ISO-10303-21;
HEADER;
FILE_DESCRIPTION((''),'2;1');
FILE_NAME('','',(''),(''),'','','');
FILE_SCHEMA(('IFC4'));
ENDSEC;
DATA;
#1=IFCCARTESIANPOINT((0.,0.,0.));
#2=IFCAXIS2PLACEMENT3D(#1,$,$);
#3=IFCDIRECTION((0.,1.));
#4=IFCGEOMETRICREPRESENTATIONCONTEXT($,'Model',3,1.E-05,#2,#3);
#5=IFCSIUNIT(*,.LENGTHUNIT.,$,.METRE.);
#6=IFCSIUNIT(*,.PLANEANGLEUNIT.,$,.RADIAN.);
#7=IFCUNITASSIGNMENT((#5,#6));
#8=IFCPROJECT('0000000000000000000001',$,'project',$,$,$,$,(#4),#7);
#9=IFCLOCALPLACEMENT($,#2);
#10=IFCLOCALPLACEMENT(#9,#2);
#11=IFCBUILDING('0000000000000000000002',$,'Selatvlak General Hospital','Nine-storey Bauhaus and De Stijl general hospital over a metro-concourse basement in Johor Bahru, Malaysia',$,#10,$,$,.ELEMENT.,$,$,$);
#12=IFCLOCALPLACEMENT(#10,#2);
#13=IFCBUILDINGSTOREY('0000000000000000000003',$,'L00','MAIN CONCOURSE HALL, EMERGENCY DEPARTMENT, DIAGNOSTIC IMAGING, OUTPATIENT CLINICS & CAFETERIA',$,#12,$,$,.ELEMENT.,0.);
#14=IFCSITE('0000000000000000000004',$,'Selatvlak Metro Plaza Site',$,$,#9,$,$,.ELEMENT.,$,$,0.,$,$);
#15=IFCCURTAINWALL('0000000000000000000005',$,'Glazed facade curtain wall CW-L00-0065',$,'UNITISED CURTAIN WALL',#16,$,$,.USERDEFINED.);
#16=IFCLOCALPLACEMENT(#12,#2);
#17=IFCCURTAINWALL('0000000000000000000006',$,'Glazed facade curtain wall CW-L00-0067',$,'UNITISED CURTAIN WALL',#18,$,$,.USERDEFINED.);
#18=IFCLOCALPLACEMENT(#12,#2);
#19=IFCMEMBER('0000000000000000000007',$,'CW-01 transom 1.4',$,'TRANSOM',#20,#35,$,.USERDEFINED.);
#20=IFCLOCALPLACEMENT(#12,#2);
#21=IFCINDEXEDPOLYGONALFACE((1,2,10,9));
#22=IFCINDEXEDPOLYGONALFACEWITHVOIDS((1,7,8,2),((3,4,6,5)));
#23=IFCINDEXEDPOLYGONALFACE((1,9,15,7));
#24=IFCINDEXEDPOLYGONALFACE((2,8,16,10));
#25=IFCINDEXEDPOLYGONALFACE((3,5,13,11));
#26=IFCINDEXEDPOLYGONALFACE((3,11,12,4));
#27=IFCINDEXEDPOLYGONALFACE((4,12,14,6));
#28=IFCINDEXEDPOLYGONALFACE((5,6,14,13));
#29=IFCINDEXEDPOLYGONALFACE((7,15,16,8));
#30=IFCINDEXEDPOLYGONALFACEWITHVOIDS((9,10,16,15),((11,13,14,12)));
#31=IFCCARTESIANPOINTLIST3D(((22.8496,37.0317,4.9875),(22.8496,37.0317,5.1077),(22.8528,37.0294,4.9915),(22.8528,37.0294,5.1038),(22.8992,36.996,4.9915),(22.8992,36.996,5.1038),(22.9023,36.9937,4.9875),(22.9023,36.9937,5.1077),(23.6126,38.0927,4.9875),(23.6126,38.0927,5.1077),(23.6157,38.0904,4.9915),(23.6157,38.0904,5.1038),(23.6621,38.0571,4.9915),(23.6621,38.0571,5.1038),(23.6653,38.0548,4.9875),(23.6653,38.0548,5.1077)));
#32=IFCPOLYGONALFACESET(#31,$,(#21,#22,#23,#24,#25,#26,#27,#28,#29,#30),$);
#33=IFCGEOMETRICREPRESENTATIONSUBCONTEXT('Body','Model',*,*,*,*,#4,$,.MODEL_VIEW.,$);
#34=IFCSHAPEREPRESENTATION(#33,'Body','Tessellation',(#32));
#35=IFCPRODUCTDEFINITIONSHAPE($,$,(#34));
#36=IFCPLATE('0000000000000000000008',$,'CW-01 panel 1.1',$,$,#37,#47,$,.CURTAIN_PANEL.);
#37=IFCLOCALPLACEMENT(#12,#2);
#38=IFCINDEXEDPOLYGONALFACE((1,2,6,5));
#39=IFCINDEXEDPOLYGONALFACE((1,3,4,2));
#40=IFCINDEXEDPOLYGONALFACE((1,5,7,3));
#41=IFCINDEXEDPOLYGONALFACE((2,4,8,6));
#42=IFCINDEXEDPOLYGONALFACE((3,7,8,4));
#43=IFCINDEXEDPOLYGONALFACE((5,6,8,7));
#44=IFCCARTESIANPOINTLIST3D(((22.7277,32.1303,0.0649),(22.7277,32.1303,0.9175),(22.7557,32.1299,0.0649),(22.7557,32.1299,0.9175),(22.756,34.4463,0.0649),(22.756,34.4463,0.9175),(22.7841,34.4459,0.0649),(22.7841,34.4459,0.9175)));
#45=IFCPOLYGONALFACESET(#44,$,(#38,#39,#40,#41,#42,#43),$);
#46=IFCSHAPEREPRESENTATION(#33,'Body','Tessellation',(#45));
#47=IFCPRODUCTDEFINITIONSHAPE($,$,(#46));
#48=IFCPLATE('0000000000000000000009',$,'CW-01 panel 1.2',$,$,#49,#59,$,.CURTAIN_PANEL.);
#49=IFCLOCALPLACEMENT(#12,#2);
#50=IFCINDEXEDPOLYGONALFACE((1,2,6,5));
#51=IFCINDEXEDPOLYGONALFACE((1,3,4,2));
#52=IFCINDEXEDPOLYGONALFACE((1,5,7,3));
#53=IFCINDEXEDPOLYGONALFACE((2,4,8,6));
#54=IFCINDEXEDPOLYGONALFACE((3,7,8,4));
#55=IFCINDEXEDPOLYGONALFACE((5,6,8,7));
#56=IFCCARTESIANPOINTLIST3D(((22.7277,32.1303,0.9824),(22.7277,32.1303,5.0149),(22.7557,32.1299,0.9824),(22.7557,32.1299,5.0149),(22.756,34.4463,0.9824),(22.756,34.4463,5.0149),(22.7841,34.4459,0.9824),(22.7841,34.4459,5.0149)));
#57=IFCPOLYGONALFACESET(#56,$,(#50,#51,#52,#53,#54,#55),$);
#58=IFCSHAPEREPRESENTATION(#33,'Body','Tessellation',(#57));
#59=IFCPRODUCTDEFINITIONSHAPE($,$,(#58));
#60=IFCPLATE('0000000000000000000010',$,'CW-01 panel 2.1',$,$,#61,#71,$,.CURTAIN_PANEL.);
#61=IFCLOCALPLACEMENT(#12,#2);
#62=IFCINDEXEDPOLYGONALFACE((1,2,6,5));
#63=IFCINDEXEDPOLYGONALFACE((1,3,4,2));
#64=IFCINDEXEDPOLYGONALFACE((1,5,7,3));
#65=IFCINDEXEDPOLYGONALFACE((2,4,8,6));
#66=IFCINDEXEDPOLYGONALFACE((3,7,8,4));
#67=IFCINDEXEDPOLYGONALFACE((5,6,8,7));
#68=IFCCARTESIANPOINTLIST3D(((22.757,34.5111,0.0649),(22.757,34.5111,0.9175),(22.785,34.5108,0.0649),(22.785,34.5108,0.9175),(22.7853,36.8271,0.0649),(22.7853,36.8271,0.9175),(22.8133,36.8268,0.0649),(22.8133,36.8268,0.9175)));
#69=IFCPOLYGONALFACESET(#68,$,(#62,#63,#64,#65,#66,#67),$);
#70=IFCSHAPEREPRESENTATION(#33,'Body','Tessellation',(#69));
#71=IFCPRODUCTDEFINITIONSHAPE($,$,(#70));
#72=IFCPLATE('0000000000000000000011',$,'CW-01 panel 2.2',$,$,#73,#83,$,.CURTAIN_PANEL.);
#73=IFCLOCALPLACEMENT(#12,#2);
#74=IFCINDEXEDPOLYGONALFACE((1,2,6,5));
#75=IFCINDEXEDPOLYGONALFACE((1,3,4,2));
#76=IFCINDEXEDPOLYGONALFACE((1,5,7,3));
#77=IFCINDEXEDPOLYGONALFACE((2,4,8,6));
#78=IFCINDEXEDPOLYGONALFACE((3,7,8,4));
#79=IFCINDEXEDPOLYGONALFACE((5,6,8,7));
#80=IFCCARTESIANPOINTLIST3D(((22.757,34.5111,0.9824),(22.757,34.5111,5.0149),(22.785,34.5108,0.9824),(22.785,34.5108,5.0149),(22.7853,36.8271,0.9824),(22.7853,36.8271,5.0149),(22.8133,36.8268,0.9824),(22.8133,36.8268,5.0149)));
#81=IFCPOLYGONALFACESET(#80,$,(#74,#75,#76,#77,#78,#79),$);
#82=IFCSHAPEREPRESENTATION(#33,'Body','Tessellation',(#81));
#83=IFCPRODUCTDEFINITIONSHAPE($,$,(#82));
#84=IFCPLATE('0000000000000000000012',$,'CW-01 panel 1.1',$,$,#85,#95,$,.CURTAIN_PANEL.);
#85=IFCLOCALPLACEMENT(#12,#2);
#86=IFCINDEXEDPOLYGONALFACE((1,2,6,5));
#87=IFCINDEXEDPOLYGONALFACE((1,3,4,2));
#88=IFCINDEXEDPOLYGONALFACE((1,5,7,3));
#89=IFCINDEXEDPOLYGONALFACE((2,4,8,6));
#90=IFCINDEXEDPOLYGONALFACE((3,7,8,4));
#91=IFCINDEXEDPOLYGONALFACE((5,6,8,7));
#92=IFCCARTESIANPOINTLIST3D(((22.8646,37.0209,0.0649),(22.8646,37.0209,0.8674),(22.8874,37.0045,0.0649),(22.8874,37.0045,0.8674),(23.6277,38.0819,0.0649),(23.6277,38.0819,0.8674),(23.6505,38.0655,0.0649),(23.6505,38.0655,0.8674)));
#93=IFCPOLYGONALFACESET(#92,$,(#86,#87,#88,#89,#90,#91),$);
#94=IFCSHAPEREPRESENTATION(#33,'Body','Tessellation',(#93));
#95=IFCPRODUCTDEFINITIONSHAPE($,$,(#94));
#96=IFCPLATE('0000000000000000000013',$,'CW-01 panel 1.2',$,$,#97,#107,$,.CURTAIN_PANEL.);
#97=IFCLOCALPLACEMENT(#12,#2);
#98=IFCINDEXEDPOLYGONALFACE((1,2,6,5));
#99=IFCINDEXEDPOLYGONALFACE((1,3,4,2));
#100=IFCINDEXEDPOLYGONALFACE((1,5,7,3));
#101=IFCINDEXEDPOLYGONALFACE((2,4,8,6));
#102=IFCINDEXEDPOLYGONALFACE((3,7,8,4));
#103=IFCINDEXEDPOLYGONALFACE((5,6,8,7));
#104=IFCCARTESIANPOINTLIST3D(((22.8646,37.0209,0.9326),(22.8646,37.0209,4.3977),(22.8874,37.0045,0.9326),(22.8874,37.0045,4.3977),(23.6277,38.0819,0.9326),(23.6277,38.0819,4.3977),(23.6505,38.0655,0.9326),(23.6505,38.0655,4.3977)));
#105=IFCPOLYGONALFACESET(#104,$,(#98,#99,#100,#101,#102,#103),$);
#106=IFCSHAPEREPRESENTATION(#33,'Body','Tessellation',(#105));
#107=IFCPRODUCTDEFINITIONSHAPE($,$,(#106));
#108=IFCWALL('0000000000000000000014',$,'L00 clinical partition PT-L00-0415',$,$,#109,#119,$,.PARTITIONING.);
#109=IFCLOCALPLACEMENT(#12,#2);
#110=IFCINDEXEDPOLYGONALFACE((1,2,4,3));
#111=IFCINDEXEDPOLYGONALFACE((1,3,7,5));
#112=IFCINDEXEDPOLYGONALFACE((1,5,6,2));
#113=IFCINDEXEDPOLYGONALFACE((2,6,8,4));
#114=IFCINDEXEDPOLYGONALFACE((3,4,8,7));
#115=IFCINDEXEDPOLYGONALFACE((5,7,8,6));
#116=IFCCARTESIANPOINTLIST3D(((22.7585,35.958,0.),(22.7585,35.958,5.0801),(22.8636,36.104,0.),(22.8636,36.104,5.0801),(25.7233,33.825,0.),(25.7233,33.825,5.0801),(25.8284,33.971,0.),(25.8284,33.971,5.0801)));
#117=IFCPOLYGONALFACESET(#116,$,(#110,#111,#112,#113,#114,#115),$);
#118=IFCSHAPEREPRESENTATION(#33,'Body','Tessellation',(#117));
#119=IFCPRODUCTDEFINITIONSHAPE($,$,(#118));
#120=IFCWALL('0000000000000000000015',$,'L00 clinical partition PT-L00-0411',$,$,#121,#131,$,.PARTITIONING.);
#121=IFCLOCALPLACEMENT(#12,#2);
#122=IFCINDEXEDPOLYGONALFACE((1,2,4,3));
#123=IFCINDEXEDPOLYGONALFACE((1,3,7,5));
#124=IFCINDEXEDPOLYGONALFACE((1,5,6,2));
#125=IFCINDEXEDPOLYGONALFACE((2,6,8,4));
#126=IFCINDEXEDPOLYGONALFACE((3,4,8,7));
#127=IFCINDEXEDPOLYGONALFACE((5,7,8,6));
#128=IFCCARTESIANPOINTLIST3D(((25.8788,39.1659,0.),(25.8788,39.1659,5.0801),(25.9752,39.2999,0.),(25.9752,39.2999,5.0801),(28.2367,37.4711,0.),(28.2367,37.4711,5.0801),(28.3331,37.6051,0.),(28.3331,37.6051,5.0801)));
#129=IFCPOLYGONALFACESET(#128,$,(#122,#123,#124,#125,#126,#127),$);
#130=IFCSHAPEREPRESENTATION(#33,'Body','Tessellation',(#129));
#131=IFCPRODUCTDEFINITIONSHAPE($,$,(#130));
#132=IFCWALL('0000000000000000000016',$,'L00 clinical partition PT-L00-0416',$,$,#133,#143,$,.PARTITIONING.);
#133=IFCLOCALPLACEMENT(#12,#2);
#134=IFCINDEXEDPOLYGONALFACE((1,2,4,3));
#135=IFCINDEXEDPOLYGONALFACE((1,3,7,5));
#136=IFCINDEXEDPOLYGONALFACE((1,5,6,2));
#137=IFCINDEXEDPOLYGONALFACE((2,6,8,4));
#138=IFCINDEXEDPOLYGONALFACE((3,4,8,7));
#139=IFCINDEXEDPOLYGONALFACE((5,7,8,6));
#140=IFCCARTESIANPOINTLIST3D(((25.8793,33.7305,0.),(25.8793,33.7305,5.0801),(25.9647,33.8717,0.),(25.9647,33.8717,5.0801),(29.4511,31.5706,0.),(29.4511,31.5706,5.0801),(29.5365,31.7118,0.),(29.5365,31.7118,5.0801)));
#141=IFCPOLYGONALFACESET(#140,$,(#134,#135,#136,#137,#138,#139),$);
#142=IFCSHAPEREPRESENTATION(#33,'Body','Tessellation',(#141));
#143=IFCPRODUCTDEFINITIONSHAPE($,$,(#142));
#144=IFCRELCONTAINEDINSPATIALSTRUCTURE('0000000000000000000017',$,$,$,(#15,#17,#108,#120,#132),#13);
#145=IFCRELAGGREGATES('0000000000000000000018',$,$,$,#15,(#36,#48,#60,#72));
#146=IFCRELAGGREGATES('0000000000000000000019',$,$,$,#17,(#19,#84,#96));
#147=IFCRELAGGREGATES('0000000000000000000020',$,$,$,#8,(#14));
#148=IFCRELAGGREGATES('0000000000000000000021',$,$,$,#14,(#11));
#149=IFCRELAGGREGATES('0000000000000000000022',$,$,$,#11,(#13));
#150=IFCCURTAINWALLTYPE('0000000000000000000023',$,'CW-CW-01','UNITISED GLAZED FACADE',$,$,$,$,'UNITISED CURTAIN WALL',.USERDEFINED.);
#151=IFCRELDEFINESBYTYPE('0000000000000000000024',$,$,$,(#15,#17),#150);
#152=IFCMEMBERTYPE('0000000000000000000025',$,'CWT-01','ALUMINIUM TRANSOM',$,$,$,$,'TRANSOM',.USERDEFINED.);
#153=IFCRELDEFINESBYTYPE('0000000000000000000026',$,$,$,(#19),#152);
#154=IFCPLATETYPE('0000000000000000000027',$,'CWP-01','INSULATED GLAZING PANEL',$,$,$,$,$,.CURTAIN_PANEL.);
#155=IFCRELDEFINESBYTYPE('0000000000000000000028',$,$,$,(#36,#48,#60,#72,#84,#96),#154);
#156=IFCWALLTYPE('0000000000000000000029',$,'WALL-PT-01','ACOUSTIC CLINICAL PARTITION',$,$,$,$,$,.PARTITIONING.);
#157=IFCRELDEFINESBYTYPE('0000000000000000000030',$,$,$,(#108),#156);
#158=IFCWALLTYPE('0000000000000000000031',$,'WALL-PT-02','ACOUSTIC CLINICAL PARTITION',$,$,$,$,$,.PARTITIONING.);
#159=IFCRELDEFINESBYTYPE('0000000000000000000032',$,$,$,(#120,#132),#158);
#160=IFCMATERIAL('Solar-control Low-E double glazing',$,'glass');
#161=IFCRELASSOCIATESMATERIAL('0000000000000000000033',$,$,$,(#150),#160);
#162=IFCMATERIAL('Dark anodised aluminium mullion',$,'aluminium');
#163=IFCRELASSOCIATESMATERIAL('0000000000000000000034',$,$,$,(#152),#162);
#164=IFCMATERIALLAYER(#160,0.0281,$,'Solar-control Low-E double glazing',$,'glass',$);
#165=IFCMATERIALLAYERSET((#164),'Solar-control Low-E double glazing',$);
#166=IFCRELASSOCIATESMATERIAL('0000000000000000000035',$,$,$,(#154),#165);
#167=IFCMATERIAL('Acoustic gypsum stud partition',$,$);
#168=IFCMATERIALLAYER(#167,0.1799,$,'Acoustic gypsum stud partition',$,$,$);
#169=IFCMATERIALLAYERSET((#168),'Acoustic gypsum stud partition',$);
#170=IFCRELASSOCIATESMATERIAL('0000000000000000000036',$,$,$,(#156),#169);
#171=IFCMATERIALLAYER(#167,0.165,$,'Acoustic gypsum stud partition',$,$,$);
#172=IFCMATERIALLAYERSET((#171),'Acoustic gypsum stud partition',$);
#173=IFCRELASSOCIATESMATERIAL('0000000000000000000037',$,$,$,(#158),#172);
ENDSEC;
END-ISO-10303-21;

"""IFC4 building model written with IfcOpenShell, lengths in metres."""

from ifc_helpers import new_model, si_unit, direction, frame, frame_2d, origin, origin_2d, place, context, subcontext, project, spatial, rectangle, hollow_rectangle, extrude, material, layer, layer_set, material_profile, profile_set, type_object, element, aggregate, save


model = new_model("IFC4")

# Units and contexts
model_context = context("Model", 3, precision=1e-05, world=origin(), true_north=direction((0.0, 1.0)))
body_context = subcontext(model_context, "Body", "Model", "MODEL_VIEW")
ifc_project = project(units=[si_unit("LENGTHUNIT", "METRE"), si_unit("PLANEANGLEUNIT", "RADIAN")], contexts=[model_context])

# Site, building, storey
site_placement = place(None, origin())
site = spatial("IfcSite", under=ifc_project, at=site_placement, Name="Selatvlak Metro Plaza Site", CompositionType="ELEMENT", RefElevation=0.0)
building_placement = place(site_placement, origin())
building = spatial("IfcBuilding", under=site, at=building_placement, Name="Selatvlak General Hospital", Description="Nine-storey Bauhaus and De Stijl general hospital over a metro-concourse basement in Johor Bahru, Malaysia", CompositionType="ELEMENT")
storey_placement = place(building_placement, origin())
storey = spatial("IfcBuildingStorey", under=building, at=storey_placement, Name="L00", Description="MAIN CONCOURSE HALL, EMERGENCY DEPARTMENT, DIAGNOSTIC IMAGING, OUTPATIENT CLINICS & CAFETERIA", CompositionType="ELEMENT", Elevation=0.0)

# Curtain wall
ifc_material_1 = material(Name="Solar-control Low-E double glazing", Category="glass")
curtain_wall_type = type_object("IfcCurtainWallType", Name="CW-CW-01", Description="UNITISED GLAZED FACADE", ElementType="UNITISED CURTAIN WALL", PredefinedType="USERDEFINED", material=ifc_material_1)
curtain_wall_1_placement = place(storey_placement, origin())
curtain_wall_1 = element("IfcCurtainWall", 1, at=curtain_wall_1_placement, inside=storey, type_object=curtain_wall_type, Name="Glazed facade curtain wall CW-L00-0065", ObjectType="UNITISED CURTAIN WALL", PredefinedType="USERDEFINED")
ifc_material_2 = material(Name="Dark anodised aluminium mullion", Category="aluminium")

# Curtain wall
curtain_wall_2_placement = place(storey_placement, origin())
curtain_wall_2 = element("IfcCurtainWall", 2, at=curtain_wall_2_placement, inside=storey, type_object=curtain_wall_type, Name="Glazed facade curtain wall CW-L00-0067", ObjectType="UNITISED CURTAIN WALL", PredefinedType="USERDEFINED")

# Member
ifc_material_profile_1 = material_profile(ifc_material_2, hollow_rectangle(XDim=0.0649, YDim=0.1201, WallThickness=0.0039, at=origin_2d()), Name="AL-TRN 65x120x4")
ifc_profile_set_1 = profile_set([ifc_material_profile_1], Name="Dark anodised aluminium mullion")
member_type_1 = type_object("IfcMemberType", Name="CWT-01", Description="ALUMINIUM TRANSOM", ElementType="TRANSOM", PredefinedType="USERDEFINED", material=ifc_profile_set_1)
member_1_placement = place(storey_placement, frame((22.876, 37.0127, 5.0476), z_axis=(0.583798, 0.811899, 0.0), x_axis=(-0.811899, 0.583798, 0.0)))
member_1 = element("IfcMember", 3, at=member_1_placement, type_object=member_type_1, Name="CW-01 transom 1.4", ObjectType="TRANSOM", PredefinedType="USERDEFINED", context=body_context, shape_type="SweptSolid", body=[
    extrude(hollow_rectangle(XDim=0.0649, YDim=0.1201, WallThickness=0.0039, at=origin_2d()), origin(), (0.0, 0.0, 1.0), 1.3069),
])

# Plates
ifc_layer_1 = layer(ifc_material_1, 0.0281, Name="Solar-control Low-E double glazing", Category="glass")
ifc_layer_set_1 = layer_set([ifc_layer_1], Name="Solar-control Low-E double glazing")
plate_type = type_object("IfcPlateType", Name="CWP-01", Description="INSULATED GLAZING PANEL", PredefinedType="CURTAIN_PANEL", material=ifc_layer_set_1)
plate_1_placement = place(storey_placement, frame((22.7559, 33.2881, 0.0649), z_axis=(0.0, 0.0, 1.0), x_axis=(0.012222, 0.999925, 0.0)))
plate_1 = element("IfcPlate", 4, at=plate_1_placement, type_object=plate_type, Name="CW-01 panel 1.1", PredefinedType="CURTAIN_PANEL", context=body_context, shape_type="SweptSolid", body=[
    extrude(rectangle(XDim=2.3162, YDim=0.0281, at=origin_2d()), origin(), (0.0, 0.0, 1.0), 0.8525),
])
plate_2_placement = place(storey_placement, frame((22.7559, 33.2881, 0.9824), z_axis=(0.0, 0.0, 1.0), x_axis=(0.012222, 0.999925, 0.0)))
plate_2 = element("IfcPlate", 5, at=plate_2_placement, type_object=plate_type, Name="CW-01 panel 1.2", PredefinedType="CURTAIN_PANEL", context=body_context, shape_type="SweptSolid", body=[
    extrude(rectangle(XDim=2.3162, YDim=0.0281, at=origin_2d()), origin(), (0.0, 0.0, 1.0), 4.0325),
])
plate_3_placement = place(storey_placement, frame((22.7852, 35.6689, 0.0649), z_axis=(0.0, 0.0, 1.0), x_axis=(0.012222, 0.999925, 0.0)))
plate_3 = element("IfcPlate", 6, at=plate_3_placement, type_object=plate_type, Name="CW-01 panel 2.1", PredefinedType="CURTAIN_PANEL", context=body_context, shape_type="SweptSolid", body=[
    extrude(rectangle(XDim=2.3162, YDim=0.0281, at=origin_2d()), origin(), (0.0, 0.0, 1.0), 0.8525),
])
plate_4_placement = place(storey_placement, frame((22.7852, 35.6689, 0.9824), z_axis=(0.0, 0.0, 1.0), x_axis=(0.012222, 0.999925, 0.0)))
plate_4 = element("IfcPlate", 7, at=plate_4_placement, type_object=plate_type, Name="CW-01 panel 2.2", PredefinedType="CURTAIN_PANEL", context=body_context, shape_type="SweptSolid", body=[
    extrude(rectangle(XDim=2.3162, YDim=0.0281, at=origin_2d()), origin(), (0.0, 0.0, 1.0), 4.0325),
])
aggregate(curtain_wall_1, [plate_1, plate_2, plate_3, plate_4])
plate_5_placement = place(storey_placement, frame((23.2576, 37.5432, 0.0649), z_axis=(0.0, 0.0, 1.0), x_axis=(0.583929, 0.811804, 0.0)))
plate_5 = element("IfcPlate", 8, at=plate_5_placement, type_object=plate_type, Name="CW-01 panel 1.1", PredefinedType="CURTAIN_PANEL", context=body_context, shape_type="SweptSolid", body=[
    extrude(rectangle(XDim=1.3069, YDim=0.0281, at=origin_2d()), origin(), (0.0, 0.0, 1.0), 0.8025),
])
plate_6_placement = place(storey_placement, frame((23.2576, 37.5432, 0.9326), z_axis=(0.0, 0.0, 1.0), x_axis=(0.583929, 0.811804, 0.0)))
plate_6 = element("IfcPlate", 9, at=plate_6_placement, type_object=plate_type, Name="CW-01 panel 1.2", PredefinedType="CURTAIN_PANEL", context=body_context, shape_type="SweptSolid", body=[
    extrude(rectangle(XDim=1.3069, YDim=0.0281, at=origin_2d()), origin(), (0.0, 0.0, 1.0), 3.4651),
])
aggregate(curtain_wall_2, [member_1, plate_5, plate_6])

# Walls
ifc_material_3 = material(Name="Acoustic gypsum stud partition")
ifc_layer_2 = layer(ifc_material_3, 0.1799, Name="Acoustic gypsum stud partition")
ifc_layer_set_2 = layer_set([ifc_layer_2], Name="Acoustic gypsum stud partition")
wall_type_1 = type_object("IfcWallType", Name="WALL-PT-01", Description="ACOUSTIC CLINICAL PARTITION", PredefinedType="PARTITIONING", material=ifc_layer_set_2)
wall_1_placement = place(storey_placement, frame((22.811, 36.031, 0.0), z_axis=(0.0, 0.0, 1.0), x_axis=(0.811746, -0.584011, 0.0)))
element("IfcWall", 10, at=wall_1_placement, inside=storey, type_object=wall_type_1, Name="L00 clinical partition PT-L00-0415", PredefinedType="PARTITIONING", context=body_context, shape_type="SweptSolid", body=[
    extrude(rectangle(XDim=3.6523, YDim=0.1799, at=frame_2d((1.8262, 0.0))), origin(), (0.0, 0.0, 1.0), 5.0801),
])
ifc_layer_3 = layer(ifc_material_3, 0.165, Name="Acoustic gypsum stud partition")
ifc_layer_set_3 = layer_set([ifc_layer_3], Name="Acoustic gypsum stud partition")
wall_type_2 = type_object("IfcWallType", Name="WALL-PT-02", Description="ACOUSTIC CLINICAL PARTITION", PredefinedType="PARTITIONING", material=ifc_layer_set_3)
wall_2_placement = place(storey_placement, frame((28.2849, 37.5381, 0.0), z_axis=(0.0, 0.0, 1.0), x_axis=(-0.812003, 0.583653, 0.0)))
element("IfcWall", 11, at=wall_2_placement, inside=storey, type_object=wall_type_2, Name="L00 clinical partition PT-L00-0411", PredefinedType="PARTITIONING", context=body_context, shape_type="SweptSolid", body=[
    extrude(rectangle(XDim=2.9038, YDim=0.165, at=frame_2d((1.4519, 0.0))), origin(), (0.0, 0.0, 1.0), 5.0801),
])
wall_3_placement = place(storey_placement, frame((25.9221, 33.801, 0.0), z_axis=(0.0, 0.0, 1.0), x_axis=(0.855707, -0.51746, 0.0)))
element("IfcWall", 12, at=wall_3_placement, inside=storey, type_object=wall_type_2, Name="L00 clinical partition PT-L00-0416", PredefinedType="PARTITIONING", context=body_context, shape_type="SweptSolid", body=[
    extrude(rectangle(XDim=4.1741, YDim=0.165, at=frame_2d((2.0869, 0.0))), origin(), (0.0, 0.0, 1.0), 5.0801),
])

save(model, "model.ifc")
